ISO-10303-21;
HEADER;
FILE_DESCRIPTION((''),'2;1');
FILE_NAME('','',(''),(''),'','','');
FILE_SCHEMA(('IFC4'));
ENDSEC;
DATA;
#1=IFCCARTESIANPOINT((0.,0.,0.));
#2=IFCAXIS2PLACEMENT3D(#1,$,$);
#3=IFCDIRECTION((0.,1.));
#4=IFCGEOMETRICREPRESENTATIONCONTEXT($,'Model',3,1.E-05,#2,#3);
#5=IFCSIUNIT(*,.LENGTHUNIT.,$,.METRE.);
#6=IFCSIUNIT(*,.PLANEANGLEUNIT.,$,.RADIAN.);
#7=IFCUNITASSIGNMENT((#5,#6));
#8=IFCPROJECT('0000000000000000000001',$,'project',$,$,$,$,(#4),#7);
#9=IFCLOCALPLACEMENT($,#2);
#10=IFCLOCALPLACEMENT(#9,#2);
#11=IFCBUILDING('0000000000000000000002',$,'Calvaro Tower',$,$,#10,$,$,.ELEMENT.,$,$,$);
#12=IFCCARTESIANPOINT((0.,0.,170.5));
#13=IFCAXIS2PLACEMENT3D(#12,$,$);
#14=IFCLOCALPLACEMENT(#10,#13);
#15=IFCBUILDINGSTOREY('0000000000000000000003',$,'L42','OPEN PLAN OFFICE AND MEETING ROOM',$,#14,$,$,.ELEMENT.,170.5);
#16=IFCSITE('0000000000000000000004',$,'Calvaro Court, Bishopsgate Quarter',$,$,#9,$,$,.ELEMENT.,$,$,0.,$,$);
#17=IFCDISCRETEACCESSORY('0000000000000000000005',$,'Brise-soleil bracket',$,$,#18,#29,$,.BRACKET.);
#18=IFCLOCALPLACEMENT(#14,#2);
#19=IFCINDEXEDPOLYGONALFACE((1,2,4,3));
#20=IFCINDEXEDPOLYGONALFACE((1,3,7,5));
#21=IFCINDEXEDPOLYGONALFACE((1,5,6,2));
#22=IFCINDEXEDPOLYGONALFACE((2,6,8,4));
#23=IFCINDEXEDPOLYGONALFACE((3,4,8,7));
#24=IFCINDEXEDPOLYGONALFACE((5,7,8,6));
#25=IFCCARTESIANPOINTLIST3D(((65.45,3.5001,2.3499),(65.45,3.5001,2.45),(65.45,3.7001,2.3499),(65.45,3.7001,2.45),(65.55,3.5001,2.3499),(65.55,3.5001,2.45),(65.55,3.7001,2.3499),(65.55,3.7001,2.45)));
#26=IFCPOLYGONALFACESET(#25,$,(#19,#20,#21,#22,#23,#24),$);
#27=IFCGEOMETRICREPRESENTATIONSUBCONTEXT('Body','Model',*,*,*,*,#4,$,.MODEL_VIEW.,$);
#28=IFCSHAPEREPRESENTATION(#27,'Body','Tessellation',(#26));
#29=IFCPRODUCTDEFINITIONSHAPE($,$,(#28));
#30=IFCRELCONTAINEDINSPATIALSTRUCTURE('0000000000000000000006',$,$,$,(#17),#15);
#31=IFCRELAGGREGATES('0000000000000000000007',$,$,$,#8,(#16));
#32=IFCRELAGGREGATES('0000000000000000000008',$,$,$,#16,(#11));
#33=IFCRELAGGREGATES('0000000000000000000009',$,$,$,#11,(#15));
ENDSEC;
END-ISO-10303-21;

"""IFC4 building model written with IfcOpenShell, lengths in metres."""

from ifc_helpers import new_model, si_unit, direction, frame, origin, origin_2d, place, context, subcontext, project, spatial, rectangle, extrude, element, save


model = new_model("IFC4")

# Units and contexts
model_context = context("Model", 3, precision=1e-05, world=origin(), true_north=direction((0.0, 1.0)))
body_context = subcontext(model_context, "Body", "Model", "MODEL_VIEW")
ifc_project = project(units=[si_unit("LENGTHUNIT", "METRE"), si_unit("PLANEANGLEUNIT", "RADIAN")], contexts=[model_context])

# Site, building, storey
site_placement = place(None, origin())
site = spatial("IfcSite", under=ifc_project, at=site_placement, Name="Calvaro Court, Bishopsgate Quarter", CompositionType="ELEMENT", RefElevation=0.0)
building_placement = place(site_placement, origin())
building = spatial("IfcBuilding", under=site, at=building_placement, Name="Calvaro Tower", CompositionType="ELEMENT")
storey_placement = place(building_placement, frame((0.0, 0.0, 170.5)))
storey = spatial("IfcBuildingStorey", under=building, at=storey_placement, Name="L42", Description="OPEN PLAN OFFICE AND MEETING ROOM", CompositionType="ELEMENT", Elevation=170.5)

# Discrete accessory
for number, where, z_axis, x_axis, name in (
    (1, (65.5, 3.6001, 2.3499), (0.0, 0.0, 1.0), (1.0, 0.0, 0.0), "Brise-soleil bracket"),
):
    element("IfcDiscreteAccessory", number, at=place(storey_placement, frame(where, z_axis=z_axis, x_axis=x_axis)), inside=storey, Name=name, PredefinedType="BRACKET", context=body_context, shape_type="SweptSolid", body=[
        extrude(rectangle(XDim=0.1001, YDim=0.2, at=origin_2d()), origin(), (0.0, 0.0, 1.0), 0.1001),
    ])

save(model, "model.ifc")
